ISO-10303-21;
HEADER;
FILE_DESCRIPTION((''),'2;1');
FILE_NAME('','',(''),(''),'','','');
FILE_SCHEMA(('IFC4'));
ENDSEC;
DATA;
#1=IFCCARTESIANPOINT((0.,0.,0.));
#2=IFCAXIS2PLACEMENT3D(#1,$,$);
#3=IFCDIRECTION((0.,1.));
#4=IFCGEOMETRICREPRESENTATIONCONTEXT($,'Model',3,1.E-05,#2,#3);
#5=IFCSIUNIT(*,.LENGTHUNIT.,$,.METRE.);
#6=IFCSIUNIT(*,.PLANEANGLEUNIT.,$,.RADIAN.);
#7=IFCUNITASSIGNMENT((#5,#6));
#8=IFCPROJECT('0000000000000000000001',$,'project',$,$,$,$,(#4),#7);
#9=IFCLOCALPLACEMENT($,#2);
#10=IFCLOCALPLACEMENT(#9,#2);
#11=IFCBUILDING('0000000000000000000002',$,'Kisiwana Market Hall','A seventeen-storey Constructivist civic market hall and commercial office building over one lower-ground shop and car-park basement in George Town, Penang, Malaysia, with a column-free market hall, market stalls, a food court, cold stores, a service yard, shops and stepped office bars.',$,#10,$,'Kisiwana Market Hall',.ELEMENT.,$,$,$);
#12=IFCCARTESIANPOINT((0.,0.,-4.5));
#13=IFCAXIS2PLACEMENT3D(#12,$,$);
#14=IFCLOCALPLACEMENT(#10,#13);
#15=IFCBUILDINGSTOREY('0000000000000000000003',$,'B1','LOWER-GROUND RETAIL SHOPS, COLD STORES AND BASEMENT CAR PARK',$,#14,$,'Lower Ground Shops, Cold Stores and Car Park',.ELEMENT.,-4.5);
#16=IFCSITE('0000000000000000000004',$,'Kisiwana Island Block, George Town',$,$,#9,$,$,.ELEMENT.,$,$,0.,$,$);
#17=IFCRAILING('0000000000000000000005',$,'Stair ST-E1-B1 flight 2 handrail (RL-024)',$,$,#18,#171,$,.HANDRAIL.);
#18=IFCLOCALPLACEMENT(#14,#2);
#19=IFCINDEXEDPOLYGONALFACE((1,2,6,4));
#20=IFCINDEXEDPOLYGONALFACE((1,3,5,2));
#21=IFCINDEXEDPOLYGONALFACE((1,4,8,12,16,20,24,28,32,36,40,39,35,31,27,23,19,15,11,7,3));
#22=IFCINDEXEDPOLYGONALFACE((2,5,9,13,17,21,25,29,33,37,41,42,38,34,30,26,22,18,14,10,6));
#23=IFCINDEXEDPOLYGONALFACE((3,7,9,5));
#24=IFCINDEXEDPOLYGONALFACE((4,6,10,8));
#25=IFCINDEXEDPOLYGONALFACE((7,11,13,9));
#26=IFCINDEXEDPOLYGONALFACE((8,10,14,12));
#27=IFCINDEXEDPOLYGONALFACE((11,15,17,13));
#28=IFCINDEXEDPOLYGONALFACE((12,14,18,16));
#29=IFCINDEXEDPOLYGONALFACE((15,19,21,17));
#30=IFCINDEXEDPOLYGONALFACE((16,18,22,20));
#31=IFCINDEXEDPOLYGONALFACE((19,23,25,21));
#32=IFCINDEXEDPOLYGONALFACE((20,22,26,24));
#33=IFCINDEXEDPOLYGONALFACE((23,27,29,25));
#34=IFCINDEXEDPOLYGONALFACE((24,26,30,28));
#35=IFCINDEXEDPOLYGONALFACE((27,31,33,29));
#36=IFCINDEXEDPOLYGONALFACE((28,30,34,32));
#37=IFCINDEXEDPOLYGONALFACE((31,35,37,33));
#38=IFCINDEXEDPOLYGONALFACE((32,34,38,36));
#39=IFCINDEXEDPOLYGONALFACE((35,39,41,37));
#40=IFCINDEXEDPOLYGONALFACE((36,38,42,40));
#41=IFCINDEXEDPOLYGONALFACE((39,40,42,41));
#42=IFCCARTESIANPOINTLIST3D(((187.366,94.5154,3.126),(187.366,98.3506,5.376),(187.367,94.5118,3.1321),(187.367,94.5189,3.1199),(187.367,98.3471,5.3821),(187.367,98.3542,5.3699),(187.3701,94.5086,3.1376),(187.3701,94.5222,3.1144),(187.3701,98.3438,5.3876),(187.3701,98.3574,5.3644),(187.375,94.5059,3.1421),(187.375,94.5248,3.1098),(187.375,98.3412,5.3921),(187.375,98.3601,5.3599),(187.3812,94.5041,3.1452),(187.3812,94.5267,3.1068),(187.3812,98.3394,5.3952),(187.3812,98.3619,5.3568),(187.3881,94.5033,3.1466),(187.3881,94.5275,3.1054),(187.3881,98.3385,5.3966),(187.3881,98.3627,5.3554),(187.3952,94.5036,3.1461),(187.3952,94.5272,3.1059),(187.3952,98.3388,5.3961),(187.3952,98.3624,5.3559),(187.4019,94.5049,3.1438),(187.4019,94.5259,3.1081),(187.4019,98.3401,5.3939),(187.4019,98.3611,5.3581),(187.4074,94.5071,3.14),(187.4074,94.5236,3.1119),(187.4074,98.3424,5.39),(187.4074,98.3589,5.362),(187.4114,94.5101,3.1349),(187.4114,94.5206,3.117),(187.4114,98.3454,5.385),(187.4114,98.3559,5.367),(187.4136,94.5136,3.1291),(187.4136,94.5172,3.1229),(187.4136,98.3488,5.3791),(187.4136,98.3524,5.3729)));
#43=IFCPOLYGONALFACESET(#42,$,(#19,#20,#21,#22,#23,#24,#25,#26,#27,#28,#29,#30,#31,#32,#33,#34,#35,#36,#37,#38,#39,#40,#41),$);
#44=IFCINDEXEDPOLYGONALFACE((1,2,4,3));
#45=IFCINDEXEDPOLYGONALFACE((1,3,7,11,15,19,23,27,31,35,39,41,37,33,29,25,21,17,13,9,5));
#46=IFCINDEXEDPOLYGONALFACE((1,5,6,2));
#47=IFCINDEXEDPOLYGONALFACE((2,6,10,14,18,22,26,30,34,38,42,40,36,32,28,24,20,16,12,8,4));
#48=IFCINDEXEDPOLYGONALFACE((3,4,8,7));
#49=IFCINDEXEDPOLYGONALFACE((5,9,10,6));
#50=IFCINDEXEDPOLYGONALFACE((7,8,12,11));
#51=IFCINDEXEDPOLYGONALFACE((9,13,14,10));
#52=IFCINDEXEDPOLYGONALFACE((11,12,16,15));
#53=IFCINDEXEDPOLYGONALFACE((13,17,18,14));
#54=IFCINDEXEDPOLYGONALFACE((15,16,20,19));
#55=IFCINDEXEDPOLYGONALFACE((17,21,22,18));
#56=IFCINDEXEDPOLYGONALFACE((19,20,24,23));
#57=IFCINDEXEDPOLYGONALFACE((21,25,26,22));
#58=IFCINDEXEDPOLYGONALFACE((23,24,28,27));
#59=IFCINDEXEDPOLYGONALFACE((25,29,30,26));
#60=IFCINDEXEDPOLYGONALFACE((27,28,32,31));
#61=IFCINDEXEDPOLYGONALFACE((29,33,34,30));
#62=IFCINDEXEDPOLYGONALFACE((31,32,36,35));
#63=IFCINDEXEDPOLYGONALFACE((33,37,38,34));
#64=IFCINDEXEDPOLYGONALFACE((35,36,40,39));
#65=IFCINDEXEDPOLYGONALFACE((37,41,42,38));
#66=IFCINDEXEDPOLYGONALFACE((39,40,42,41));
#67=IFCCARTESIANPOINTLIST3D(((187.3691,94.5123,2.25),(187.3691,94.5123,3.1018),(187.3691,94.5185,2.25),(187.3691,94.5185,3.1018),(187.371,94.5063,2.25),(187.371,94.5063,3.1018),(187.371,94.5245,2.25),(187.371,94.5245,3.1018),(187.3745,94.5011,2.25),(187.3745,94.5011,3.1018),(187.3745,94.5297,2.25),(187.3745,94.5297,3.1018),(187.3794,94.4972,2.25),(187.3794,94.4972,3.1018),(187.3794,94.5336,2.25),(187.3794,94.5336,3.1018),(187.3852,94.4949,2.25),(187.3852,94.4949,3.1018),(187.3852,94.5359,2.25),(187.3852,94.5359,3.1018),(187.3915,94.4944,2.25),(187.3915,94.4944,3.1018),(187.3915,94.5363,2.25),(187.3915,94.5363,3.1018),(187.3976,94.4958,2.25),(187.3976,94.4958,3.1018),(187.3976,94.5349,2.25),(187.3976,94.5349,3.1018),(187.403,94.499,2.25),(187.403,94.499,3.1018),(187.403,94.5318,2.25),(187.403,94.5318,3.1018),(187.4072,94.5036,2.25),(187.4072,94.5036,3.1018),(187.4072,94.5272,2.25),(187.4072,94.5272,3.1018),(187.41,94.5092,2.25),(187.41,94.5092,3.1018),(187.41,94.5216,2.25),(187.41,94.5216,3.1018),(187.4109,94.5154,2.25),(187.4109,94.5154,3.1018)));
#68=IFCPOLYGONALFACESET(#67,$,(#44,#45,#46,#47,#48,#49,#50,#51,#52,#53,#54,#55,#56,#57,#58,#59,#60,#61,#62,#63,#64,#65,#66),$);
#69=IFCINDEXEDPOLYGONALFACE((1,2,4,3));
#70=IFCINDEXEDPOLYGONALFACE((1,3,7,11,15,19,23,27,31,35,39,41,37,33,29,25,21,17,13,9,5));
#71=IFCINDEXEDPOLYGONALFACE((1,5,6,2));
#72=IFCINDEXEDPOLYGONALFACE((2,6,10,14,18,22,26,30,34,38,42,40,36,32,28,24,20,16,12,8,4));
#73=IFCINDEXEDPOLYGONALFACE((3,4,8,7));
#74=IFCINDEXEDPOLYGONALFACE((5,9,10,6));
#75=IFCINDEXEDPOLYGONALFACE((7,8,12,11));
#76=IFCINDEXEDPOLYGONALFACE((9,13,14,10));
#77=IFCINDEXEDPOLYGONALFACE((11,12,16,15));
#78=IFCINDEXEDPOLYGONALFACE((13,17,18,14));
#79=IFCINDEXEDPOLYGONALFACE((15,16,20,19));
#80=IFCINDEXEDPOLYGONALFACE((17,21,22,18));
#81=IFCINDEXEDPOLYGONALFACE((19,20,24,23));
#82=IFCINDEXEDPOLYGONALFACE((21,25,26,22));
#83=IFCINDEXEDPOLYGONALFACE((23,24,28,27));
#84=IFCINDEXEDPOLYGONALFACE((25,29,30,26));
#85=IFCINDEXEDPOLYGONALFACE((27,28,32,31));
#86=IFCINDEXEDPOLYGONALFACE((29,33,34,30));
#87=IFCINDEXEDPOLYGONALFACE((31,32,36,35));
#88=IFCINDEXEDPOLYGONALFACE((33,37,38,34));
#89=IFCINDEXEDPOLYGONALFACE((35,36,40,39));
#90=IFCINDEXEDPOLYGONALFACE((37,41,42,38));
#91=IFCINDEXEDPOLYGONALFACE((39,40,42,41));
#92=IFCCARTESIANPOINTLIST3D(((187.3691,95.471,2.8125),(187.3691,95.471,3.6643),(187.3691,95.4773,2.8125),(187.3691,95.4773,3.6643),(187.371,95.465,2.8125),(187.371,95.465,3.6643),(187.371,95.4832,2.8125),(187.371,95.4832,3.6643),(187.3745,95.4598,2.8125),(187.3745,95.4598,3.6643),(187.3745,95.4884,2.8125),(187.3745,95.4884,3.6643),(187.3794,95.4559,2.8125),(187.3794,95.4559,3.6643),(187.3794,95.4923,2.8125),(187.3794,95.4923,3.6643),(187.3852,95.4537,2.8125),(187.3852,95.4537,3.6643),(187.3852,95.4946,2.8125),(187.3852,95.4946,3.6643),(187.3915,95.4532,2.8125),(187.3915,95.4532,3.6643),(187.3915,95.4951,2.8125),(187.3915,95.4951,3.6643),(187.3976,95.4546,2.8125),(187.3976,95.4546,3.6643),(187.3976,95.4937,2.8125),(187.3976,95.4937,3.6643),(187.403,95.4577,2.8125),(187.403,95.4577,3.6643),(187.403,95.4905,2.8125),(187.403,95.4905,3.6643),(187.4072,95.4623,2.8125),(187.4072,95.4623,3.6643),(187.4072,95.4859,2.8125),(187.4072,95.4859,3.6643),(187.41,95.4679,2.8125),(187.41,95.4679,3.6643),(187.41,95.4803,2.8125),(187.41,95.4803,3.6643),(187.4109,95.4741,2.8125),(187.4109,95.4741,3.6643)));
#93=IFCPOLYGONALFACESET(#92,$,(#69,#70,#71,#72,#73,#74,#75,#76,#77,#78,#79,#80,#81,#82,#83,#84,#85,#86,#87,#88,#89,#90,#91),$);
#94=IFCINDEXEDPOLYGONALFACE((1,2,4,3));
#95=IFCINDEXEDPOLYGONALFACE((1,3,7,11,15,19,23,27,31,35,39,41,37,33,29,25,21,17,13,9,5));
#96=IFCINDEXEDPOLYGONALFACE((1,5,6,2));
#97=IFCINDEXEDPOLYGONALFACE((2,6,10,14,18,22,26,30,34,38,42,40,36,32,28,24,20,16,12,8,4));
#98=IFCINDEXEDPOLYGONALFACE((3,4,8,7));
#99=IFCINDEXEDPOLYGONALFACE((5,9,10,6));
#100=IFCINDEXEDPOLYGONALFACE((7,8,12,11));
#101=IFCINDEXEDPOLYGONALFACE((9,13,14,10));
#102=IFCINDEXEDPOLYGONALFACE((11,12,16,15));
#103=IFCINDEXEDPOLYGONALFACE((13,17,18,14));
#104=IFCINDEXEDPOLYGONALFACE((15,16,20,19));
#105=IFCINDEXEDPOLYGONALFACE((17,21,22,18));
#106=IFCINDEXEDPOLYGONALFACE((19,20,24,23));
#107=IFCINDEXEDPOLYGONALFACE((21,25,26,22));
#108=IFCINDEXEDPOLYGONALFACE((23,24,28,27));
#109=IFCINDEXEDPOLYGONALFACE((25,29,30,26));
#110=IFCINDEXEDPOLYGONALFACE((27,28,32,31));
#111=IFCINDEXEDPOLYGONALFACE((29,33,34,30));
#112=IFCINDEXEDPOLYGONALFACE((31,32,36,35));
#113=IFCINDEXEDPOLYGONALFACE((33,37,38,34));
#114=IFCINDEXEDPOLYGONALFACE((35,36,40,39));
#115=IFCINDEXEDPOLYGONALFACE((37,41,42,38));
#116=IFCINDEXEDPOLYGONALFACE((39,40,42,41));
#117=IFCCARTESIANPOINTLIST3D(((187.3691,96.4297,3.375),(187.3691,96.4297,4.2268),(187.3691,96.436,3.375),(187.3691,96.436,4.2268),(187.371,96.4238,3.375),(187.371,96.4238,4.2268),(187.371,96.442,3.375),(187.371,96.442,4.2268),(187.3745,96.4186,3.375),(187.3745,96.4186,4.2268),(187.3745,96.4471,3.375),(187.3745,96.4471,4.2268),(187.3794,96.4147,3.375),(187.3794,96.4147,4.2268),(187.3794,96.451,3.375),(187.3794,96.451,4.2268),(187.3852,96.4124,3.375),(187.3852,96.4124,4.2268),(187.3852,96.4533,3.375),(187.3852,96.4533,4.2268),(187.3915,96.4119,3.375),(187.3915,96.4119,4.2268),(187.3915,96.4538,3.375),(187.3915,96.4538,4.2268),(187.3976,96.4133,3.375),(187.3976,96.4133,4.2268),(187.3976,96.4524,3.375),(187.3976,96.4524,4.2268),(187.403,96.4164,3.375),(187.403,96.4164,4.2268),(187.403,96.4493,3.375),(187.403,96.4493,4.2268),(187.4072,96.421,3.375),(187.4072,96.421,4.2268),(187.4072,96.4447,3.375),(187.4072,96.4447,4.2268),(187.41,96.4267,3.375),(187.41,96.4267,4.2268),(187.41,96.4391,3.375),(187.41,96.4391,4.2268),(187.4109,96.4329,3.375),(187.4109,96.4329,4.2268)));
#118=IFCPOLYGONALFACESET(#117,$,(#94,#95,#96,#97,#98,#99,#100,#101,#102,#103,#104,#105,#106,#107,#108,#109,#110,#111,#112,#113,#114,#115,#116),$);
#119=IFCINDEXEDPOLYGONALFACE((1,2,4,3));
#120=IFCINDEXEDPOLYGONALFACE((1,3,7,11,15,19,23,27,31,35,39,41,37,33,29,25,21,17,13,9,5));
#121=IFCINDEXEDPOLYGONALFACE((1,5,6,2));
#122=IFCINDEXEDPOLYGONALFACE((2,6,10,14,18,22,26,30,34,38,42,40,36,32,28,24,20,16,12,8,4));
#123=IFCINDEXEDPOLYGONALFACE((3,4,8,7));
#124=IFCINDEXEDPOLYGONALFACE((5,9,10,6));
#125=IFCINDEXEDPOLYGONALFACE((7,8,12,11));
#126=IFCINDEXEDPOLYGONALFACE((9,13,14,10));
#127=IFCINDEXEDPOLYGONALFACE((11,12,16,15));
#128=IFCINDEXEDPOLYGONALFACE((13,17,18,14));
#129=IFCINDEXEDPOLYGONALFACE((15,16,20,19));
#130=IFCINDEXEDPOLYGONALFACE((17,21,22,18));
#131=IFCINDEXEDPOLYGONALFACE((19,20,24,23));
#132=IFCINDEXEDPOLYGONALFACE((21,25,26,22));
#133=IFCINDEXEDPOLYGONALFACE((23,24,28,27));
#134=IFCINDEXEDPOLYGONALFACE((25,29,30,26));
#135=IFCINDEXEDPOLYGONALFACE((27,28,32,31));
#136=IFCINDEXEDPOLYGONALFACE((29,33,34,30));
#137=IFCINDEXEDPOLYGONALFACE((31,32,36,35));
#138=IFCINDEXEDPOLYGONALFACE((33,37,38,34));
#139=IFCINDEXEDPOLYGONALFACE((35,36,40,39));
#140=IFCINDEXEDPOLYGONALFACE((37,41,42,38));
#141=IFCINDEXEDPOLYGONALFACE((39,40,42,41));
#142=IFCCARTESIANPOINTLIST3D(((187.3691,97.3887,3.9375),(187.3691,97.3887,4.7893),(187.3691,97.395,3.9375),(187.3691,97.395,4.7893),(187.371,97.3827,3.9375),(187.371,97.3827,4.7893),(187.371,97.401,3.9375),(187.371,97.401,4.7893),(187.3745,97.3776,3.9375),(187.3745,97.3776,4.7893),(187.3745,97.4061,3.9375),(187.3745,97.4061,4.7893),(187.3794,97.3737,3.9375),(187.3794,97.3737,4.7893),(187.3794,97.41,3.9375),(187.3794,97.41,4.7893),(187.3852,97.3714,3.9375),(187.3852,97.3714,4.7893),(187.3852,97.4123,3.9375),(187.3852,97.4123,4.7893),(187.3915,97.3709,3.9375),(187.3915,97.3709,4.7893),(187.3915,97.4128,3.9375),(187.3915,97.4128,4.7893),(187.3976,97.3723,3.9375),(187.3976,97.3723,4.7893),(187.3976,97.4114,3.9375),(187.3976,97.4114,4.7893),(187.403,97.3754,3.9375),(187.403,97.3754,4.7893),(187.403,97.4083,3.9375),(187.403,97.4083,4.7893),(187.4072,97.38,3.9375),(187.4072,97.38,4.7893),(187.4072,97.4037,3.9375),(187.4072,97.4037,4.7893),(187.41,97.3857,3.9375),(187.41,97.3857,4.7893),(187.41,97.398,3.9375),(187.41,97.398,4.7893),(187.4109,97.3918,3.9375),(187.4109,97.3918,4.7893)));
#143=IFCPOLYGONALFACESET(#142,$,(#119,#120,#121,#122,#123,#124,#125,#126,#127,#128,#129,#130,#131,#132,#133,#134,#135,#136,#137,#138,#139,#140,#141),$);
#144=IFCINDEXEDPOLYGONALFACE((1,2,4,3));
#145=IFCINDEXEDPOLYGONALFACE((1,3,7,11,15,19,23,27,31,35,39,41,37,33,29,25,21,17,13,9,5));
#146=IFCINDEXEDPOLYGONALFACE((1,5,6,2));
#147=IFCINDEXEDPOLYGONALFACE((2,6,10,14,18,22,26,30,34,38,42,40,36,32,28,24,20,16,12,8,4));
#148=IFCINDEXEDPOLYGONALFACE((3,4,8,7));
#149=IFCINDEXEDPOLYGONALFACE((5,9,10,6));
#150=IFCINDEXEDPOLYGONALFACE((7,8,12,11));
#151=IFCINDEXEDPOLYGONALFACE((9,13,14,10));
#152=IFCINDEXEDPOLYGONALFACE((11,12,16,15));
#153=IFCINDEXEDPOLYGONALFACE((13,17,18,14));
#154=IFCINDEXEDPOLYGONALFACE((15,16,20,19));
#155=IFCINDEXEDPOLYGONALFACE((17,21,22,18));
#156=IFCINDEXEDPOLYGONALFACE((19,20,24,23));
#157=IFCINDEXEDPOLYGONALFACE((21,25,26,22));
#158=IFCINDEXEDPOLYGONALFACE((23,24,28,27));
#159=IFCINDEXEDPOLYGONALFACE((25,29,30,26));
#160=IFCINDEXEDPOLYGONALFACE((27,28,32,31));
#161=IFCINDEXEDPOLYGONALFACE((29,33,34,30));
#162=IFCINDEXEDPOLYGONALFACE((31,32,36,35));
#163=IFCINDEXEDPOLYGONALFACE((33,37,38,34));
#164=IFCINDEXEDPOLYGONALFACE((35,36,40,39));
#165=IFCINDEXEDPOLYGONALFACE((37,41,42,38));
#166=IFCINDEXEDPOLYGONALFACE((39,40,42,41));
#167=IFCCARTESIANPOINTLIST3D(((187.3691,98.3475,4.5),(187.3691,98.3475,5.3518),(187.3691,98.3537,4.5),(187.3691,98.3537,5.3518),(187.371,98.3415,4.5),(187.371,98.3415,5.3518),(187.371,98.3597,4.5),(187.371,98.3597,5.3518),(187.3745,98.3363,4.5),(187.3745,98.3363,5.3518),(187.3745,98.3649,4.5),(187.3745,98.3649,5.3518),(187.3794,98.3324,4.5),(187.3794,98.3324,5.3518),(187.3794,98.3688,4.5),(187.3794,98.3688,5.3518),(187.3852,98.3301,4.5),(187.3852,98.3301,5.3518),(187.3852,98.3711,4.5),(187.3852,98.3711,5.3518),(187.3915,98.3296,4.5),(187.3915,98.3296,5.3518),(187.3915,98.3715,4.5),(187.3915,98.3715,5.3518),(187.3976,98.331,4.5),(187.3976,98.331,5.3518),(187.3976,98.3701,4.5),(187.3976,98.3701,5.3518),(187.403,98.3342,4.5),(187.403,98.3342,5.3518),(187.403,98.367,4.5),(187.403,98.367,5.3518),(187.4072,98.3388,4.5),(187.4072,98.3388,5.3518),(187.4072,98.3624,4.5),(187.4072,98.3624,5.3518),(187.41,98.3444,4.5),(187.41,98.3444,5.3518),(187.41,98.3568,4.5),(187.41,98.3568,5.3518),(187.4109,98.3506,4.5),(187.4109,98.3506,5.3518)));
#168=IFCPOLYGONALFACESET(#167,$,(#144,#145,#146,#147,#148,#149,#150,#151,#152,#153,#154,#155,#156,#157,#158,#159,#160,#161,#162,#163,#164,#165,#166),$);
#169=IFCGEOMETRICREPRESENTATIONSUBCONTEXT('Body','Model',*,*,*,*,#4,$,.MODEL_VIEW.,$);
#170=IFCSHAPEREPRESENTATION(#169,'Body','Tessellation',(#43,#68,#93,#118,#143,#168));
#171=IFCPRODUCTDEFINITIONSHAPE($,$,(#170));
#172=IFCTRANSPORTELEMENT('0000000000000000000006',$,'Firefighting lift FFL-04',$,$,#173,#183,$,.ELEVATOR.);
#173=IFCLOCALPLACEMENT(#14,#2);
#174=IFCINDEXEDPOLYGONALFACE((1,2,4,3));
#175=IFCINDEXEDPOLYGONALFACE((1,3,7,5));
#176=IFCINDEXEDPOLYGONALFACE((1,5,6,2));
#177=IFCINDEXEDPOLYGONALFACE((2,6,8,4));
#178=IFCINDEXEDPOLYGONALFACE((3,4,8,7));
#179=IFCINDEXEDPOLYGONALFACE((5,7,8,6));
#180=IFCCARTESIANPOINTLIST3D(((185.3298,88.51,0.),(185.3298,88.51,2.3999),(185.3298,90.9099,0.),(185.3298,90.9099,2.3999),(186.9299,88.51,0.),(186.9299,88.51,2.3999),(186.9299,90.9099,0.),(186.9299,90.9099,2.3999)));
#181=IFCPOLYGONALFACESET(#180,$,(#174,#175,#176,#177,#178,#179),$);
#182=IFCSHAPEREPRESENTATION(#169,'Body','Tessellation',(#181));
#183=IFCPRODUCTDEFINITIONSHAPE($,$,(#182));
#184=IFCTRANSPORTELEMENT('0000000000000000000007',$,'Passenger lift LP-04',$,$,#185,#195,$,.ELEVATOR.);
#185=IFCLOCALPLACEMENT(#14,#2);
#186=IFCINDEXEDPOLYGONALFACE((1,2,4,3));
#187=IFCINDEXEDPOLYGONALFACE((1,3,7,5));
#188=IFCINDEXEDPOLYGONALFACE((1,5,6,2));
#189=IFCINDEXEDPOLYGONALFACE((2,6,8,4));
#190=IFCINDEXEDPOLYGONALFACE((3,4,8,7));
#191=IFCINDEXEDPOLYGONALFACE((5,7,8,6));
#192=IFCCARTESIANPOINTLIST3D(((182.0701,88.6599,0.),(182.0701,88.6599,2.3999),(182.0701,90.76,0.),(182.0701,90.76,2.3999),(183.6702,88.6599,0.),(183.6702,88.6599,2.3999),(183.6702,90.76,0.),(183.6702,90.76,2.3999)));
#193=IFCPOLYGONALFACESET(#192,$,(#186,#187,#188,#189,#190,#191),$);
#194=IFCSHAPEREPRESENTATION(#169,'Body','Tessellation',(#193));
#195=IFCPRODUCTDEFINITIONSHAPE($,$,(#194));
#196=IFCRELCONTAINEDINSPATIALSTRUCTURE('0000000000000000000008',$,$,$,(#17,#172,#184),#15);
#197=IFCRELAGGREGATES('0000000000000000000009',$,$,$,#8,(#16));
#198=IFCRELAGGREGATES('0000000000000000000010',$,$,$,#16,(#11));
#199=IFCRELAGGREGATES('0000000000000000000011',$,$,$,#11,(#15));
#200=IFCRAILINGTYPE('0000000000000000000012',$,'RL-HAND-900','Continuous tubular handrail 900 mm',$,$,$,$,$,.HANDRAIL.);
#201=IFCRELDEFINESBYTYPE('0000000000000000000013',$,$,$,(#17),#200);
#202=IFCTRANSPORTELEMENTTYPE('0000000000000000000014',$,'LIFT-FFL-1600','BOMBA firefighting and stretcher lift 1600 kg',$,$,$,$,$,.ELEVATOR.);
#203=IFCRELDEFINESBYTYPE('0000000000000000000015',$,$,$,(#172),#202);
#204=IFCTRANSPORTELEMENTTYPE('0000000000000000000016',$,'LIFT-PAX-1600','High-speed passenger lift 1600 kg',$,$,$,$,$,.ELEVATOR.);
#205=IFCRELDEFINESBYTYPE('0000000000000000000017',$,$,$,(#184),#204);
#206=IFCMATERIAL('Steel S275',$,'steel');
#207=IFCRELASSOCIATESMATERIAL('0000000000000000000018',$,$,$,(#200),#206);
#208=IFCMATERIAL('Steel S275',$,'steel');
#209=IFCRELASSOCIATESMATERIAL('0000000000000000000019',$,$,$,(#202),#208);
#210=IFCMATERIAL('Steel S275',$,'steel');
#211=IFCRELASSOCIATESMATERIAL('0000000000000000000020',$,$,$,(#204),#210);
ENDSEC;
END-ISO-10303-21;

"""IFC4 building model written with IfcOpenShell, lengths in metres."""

from ifc_helpers import new_model, si_unit, direction, frame, origin, origin_2d, place, context, subcontext, project, spatial, rectangle, circle, extrude, material, type_object, element, save


model = new_model("IFC4")

# Units and contexts
model_context = context("Model", 3, precision=1e-05, world=origin(), true_north=direction((0.0, 1.0)))
body_context = subcontext(model_context, "Body", "Model", "MODEL_VIEW")
ifc_project = project(units=[si_unit("LENGTHUNIT", "METRE"), si_unit("PLANEANGLEUNIT", "RADIAN")], contexts=[model_context])

# Site, building, storey
site_placement = place(None, origin())
site = spatial("IfcSite", under=ifc_project, at=site_placement, Name="Kisiwana Island Block, George Town", CompositionType="ELEMENT", RefElevation=0.0)
building_placement = place(site_placement, origin())
building = spatial("IfcBuilding", under=site, at=building_placement, Name="Kisiwana Market Hall", Description="A seventeen-storey Constructivist civic market hall and commercial office building over one lower-ground shop and car-park basement in George Town, Penang, Malaysia, with a column-free market hall, market stalls, a food court, cold stores, a service yard, shops and stepped office bars.", LongName="Kisiwana Market Hall", CompositionType="ELEMENT")
storey_placement = place(building_placement, frame((0.0, 0.0, -4.5)))
storey = spatial("IfcBuildingStorey", under=building, at=storey_placement, Name="B1", Description="LOWER-GROUND RETAIL SHOPS, COLD STORES AND BASEMENT CAR PARK", LongName="Lower Ground Shops, Cold Stores and Car Park", CompositionType="ELEMENT", Elevation=-4.5)

# Railing
ifc_material_1 = material(Name="Steel S275", Category="steel")
railing_type_1 = type_object("IfcRailingType", Name="RL-HAND-900", Description="Continuous tubular handrail 900 mm", PredefinedType="HANDRAIL", material=ifc_material_1)
railing_1_placement = place(storey_placement, frame((187.3899, 94.5154, 2.25)))
element("IfcRailing", 1, at=railing_1_placement, inside=storey, type_object=railing_type_1, Name="Stair ST-E1-B1 flight 2 handrail (RL-024)", PredefinedType="HANDRAIL", context=body_context, shape_type="SweptSolid", body=[
    extrude(circle(Radius=0.0239, at=origin_2d()), frame((0.0, 0.0, 0.876), z_axis=(0.0, 0.862524, 0.506017), x_axis=(-1.0, 0.0, 0.0)), (0.0, 0.0, 1.0), 4.4465),
    extrude(circle(Radius=0.021, at=origin_2d()), origin(), (0.0, 0.0, 1.0), 0.8518),
    extrude(circle(Radius=0.021, at=origin_2d()), frame((0.0, 0.9587, 0.5625)), (0.0, 0.0, 1.0), 0.8518),
    extrude(circle(Radius=0.021, at=origin_2d()), frame((0.0, 1.9175, 1.125)), (0.0, 0.0, 1.0), 0.8518),
    extrude(circle(Radius=0.021, at=origin_2d()), frame((0.0, 2.8765, 1.6875)), (0.0, 0.0, 1.0), 0.8518),
    extrude(circle(Radius=0.021, at=origin_2d()), frame((0.0, 3.8352, 2.25)), (0.0, 0.0, 1.0), 0.8518),
])

# Transport elements
ifc_material_2 = material(Name="Steel S275", Category="steel")
transport_element_type_1 = type_object("IfcTransportElementType", Name="LIFT-FFL-1600", Description="BOMBA firefighting and stretcher lift 1600 kg", PredefinedType="ELEVATOR", material=ifc_material_2)
transport_element_1_placement = place(storey_placement, frame((186.1299, 89.71, 0.0), z_axis=(0.0, 0.0, 1.0), x_axis=(1.0, 0.0, 0.0)))
element("IfcTransportElement", 2, at=transport_element_1_placement, inside=storey, type_object=transport_element_type_1, Name="Firefighting lift FFL-04", PredefinedType="ELEVATOR", context=body_context, shape_type="SweptSolid", body=[
    extrude(rectangle(XDim=1.6001, YDim=2.3999, at=origin_2d()), origin(), (0.0, 0.0, 1.0), 2.3999),
])
ifc_material_3 = material(Name="Steel S275", Category="steel")
transport_element_type_2 = type_object("IfcTransportElementType", Name="LIFT-PAX-1600", Description="High-speed passenger lift 1600 kg", PredefinedType="ELEVATOR", material=ifc_material_3)
transport_element_2_placement = place(storey_placement, frame((182.8701, 89.71, 0.0), z_axis=(0.0, 0.0, 1.0), x_axis=(1.0, 0.0, 0.0)))
element("IfcTransportElement", 3, at=transport_element_2_placement, inside=storey, type_object=transport_element_type_2, Name="Passenger lift LP-04", PredefinedType="ELEVATOR", context=body_context, shape_type="SweptSolid", body=[
    extrude(rectangle(XDim=1.6001, YDim=2.1001, at=origin_2d()), origin(), (0.0, 0.0, 1.0), 2.3999),
])

save(model, "model.ifc")
